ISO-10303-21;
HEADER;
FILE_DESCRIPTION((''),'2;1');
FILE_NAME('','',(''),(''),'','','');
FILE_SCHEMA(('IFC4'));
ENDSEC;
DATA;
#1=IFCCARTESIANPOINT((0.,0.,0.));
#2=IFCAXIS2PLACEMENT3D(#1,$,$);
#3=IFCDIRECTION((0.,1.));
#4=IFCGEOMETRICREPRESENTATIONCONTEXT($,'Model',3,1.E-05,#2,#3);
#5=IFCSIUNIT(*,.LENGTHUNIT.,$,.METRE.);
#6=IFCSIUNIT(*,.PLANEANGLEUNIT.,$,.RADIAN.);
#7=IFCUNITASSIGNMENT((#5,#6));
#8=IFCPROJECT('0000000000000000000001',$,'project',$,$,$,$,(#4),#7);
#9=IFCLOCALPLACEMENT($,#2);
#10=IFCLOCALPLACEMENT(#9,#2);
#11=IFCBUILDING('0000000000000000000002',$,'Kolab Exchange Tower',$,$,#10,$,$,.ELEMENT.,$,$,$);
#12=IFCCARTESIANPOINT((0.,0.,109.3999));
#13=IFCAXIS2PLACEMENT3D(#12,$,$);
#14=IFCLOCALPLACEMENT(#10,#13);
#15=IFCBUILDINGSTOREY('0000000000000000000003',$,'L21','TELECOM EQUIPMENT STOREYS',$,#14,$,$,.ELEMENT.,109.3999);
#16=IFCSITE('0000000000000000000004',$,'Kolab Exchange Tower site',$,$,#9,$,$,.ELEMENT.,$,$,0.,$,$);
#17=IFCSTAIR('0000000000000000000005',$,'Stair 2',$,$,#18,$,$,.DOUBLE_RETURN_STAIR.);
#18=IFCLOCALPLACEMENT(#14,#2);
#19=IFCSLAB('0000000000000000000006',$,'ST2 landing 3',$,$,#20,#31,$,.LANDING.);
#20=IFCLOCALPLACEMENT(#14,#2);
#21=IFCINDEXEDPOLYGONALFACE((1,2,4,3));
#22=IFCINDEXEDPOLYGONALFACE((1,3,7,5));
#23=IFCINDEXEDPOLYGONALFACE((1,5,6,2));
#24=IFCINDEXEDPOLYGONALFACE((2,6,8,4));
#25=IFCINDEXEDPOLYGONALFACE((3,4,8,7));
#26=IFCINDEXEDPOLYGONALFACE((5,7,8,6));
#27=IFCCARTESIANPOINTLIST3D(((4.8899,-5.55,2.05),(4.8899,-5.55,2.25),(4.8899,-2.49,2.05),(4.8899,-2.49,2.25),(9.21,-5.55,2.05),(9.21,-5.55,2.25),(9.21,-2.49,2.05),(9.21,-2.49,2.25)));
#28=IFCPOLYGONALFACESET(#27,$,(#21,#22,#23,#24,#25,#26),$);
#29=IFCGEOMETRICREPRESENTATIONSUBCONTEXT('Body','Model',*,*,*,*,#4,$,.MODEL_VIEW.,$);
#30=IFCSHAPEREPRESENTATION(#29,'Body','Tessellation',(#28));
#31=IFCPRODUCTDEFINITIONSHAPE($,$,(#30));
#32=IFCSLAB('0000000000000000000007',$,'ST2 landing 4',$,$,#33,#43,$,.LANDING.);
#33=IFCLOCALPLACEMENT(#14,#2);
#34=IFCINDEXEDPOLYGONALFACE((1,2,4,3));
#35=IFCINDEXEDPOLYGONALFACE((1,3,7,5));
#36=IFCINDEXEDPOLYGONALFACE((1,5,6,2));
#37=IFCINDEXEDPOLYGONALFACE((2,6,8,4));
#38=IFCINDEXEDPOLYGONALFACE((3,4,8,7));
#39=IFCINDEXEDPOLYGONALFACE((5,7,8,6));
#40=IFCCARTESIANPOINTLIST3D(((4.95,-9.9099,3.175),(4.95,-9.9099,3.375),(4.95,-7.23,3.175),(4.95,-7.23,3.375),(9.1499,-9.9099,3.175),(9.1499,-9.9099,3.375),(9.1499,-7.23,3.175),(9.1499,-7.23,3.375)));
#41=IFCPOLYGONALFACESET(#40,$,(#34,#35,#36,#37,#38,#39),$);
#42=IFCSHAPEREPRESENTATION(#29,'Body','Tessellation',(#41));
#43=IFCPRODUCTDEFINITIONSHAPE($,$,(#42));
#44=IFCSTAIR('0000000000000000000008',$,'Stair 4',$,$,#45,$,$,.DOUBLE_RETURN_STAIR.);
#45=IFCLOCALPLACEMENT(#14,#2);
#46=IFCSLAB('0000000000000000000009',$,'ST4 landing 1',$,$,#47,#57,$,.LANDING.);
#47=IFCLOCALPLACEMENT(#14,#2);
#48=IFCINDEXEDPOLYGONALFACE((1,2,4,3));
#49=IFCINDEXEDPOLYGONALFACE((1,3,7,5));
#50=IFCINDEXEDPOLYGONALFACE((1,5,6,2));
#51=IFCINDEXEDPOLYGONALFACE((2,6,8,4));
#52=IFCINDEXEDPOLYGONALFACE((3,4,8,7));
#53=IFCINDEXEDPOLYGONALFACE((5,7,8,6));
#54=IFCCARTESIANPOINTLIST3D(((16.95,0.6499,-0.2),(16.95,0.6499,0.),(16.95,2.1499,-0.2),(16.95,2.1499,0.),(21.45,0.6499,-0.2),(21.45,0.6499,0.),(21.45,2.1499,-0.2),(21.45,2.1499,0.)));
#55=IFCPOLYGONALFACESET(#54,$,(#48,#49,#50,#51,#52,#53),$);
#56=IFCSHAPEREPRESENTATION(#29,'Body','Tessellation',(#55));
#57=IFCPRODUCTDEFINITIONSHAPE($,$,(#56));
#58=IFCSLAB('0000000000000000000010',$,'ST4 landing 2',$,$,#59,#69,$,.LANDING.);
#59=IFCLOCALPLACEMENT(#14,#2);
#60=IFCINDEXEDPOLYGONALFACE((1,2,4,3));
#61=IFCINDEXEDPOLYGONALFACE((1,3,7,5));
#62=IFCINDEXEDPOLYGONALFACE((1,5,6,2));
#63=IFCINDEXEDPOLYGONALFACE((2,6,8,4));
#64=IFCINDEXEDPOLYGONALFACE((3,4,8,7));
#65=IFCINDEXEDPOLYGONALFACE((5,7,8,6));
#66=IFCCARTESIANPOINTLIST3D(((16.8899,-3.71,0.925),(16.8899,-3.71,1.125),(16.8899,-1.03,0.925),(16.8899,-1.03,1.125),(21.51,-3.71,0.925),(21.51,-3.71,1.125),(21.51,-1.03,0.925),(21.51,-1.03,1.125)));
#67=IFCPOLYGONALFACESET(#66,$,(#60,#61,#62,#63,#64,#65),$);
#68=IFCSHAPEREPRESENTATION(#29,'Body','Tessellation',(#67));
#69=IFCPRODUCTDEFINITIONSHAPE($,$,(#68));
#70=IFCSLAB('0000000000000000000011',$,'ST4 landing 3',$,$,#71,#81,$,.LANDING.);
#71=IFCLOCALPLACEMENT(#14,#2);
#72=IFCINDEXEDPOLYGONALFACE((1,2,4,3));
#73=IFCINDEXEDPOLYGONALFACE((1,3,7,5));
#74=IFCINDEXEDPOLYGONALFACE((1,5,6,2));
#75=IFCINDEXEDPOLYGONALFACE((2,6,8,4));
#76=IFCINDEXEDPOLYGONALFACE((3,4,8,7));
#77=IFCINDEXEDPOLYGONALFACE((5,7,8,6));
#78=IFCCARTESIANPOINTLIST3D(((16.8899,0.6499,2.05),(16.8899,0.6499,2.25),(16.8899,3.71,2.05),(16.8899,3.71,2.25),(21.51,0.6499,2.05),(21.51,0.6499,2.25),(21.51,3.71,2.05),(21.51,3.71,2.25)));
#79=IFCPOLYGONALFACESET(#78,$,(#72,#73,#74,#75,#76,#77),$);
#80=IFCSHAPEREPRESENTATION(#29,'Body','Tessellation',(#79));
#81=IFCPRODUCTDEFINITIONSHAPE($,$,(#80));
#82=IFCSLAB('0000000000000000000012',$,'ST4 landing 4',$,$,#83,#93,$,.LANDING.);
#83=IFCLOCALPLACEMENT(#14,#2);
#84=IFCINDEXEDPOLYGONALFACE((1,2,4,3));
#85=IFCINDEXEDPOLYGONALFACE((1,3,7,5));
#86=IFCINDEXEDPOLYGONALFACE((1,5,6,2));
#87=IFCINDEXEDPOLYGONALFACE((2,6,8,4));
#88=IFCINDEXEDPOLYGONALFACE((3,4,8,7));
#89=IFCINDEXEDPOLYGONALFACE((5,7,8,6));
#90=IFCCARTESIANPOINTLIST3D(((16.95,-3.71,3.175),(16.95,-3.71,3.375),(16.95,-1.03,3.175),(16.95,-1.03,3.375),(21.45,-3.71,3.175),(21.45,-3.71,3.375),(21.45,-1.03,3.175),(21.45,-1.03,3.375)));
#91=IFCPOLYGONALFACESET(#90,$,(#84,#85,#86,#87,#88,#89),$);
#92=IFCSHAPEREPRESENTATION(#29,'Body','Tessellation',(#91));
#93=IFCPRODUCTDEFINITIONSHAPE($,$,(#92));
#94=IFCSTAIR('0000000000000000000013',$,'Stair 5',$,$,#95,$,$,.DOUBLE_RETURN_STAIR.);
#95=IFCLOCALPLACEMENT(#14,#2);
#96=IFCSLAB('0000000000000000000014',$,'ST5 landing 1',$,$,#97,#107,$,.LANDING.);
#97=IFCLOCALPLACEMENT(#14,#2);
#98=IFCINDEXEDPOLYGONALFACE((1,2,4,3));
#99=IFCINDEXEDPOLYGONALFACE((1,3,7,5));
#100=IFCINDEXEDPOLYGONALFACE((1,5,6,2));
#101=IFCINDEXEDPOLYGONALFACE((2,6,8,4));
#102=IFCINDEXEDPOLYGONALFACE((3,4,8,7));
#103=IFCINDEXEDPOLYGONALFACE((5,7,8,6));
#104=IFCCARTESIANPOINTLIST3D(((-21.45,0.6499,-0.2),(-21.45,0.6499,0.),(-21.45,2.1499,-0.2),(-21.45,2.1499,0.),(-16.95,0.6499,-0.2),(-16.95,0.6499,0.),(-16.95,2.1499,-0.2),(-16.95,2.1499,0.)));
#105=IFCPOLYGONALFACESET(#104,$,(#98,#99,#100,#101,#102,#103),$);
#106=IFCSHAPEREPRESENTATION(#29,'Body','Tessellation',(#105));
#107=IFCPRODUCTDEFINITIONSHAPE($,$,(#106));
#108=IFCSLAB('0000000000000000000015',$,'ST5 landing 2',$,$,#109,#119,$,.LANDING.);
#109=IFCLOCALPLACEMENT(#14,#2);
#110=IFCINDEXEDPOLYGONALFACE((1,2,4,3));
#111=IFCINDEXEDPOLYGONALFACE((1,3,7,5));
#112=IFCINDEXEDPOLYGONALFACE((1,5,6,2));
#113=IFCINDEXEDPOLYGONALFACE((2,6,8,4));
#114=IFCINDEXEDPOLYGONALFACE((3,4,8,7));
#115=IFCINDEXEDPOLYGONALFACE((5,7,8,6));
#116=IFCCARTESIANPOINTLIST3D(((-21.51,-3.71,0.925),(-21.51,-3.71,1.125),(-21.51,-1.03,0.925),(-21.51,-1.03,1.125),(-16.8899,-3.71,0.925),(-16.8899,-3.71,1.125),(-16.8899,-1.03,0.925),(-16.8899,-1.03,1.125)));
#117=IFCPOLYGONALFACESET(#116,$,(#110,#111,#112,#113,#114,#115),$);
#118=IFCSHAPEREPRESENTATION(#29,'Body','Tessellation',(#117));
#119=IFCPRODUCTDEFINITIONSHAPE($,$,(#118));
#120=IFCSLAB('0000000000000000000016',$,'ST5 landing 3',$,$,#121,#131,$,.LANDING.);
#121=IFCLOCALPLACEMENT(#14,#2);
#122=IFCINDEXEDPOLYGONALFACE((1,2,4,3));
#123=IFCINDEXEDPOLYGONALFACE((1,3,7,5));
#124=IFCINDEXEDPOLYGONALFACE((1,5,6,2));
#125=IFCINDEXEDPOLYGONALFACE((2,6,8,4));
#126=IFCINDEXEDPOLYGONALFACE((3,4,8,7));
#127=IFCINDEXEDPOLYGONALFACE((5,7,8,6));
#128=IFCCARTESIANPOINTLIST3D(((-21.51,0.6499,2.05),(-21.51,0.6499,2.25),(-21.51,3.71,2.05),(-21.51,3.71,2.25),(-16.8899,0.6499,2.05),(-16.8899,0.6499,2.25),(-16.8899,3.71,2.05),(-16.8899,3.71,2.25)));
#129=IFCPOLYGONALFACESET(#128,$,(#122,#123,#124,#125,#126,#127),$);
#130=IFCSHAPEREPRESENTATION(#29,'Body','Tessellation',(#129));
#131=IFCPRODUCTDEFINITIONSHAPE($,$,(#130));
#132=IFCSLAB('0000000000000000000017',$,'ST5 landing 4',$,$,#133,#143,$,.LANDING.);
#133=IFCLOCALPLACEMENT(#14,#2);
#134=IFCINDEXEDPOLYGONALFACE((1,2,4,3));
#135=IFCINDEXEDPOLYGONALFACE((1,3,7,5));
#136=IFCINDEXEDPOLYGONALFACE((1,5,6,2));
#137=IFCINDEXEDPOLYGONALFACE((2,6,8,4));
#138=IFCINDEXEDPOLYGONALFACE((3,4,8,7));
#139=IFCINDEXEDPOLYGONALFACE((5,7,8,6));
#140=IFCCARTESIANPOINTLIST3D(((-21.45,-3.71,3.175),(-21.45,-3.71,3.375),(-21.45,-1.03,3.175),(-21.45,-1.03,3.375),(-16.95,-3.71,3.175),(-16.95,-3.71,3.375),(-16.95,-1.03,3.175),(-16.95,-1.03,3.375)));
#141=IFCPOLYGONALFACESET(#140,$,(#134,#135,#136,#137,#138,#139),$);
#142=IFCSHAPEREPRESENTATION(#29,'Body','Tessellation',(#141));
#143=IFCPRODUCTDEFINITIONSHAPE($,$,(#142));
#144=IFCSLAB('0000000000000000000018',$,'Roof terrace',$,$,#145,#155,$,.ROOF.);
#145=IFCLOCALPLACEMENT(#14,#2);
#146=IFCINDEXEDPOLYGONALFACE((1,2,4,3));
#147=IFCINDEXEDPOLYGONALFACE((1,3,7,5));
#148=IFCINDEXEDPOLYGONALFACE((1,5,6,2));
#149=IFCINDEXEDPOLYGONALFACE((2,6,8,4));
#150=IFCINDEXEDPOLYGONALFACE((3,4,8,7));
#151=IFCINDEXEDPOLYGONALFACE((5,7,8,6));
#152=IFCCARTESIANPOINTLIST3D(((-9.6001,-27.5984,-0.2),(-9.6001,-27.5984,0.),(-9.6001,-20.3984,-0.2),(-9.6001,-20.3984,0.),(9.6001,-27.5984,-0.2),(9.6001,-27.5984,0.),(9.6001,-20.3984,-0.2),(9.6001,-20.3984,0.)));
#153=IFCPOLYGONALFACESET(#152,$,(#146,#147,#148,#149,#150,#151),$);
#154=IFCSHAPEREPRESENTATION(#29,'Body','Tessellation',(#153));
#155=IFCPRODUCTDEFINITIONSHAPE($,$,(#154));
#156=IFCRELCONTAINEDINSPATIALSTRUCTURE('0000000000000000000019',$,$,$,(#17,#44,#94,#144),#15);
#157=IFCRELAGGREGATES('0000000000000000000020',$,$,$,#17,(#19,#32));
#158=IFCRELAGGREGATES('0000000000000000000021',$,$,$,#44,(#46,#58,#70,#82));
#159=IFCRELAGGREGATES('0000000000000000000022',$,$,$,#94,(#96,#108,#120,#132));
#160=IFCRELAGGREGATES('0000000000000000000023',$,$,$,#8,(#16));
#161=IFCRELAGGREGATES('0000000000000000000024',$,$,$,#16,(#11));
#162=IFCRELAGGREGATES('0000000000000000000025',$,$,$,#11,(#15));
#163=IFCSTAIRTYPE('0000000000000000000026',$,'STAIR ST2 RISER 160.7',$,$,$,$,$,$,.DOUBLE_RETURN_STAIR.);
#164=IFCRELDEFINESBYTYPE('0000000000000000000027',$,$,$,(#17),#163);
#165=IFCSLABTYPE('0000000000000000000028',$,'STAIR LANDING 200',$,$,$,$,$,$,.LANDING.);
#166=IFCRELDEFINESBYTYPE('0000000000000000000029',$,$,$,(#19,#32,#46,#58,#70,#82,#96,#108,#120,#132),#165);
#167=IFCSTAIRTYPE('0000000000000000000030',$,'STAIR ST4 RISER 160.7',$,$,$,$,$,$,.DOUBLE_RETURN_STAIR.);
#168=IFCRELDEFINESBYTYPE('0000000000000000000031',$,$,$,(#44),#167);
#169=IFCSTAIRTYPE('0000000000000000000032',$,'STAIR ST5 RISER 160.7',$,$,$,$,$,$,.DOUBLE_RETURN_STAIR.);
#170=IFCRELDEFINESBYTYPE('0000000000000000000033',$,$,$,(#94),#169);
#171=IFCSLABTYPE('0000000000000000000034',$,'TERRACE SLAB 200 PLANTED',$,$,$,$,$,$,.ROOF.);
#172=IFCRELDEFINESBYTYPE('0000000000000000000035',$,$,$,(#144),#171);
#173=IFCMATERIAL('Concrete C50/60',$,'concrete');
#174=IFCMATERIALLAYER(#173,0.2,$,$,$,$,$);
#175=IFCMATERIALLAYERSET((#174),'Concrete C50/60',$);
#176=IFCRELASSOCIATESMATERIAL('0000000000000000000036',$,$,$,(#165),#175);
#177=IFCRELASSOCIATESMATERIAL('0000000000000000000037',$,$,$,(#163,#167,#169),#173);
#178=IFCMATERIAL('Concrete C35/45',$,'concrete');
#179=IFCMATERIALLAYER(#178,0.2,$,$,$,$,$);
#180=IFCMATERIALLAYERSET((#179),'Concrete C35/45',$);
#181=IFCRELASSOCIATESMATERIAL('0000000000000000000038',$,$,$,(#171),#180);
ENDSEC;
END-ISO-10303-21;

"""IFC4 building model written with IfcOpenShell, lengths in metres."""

from ifc_helpers import new_model, si_unit, direction, frame, origin, place, context, subcontext, project, spatial, polyline, outline, extrude, material, layer, layer_set, type_object, element, aggregate, save


model = new_model("IFC4")

# Units and contexts
model_context = context("Model", 3, precision=1e-05, world=origin(), true_north=direction((0.0, 1.0)))
body_context = subcontext(model_context, "Body", "Model", "MODEL_VIEW")
ifc_project = project(units=[si_unit("LENGTHUNIT", "METRE"), si_unit("PLANEANGLEUNIT", "RADIAN")], contexts=[model_context])

# Site, building, storey
site_placement = place(None, origin())
site = spatial("IfcSite", under=ifc_project, at=site_placement, Name="Kolab Exchange Tower site", CompositionType="ELEMENT", RefElevation=0.0)
building_placement = place(site_placement, origin())
building = spatial("IfcBuilding", under=site, at=building_placement, Name="Kolab Exchange Tower", CompositionType="ELEMENT")
storey_placement = place(building_placement, frame((0.0, 0.0, 109.3999)))
storey = spatial("IfcBuildingStorey", under=building, at=storey_placement, Name="L21", Description="TELECOM EQUIPMENT STOREYS", CompositionType="ELEMENT", Elevation=109.3999)

# Shared definitions
ifc_material_1 = material(Name="Concrete C35/45", Category="concrete")

# Stairs, slabs
ifc_material_2 = material(Name="Concrete C50/60", Category="concrete")
ifc_layer_1 = layer(ifc_material_2, 0.2)
ifc_layer_set_1 = layer_set([ifc_layer_1], Name="Concrete C50/60")
slab_type_1 = type_object("IfcSlabType", Name="STAIR LANDING 200", PredefinedType="LANDING", material=ifc_layer_set_1)
stair_type_1 = type_object("IfcStairType", Name="STAIR ST2 RISER 160.7", PredefinedType="DOUBLE_RETURN_STAIR", material=ifc_material_2)
stair_1_placement = place(storey_placement, origin())
stair_1 = element("IfcStair", 1, at=stair_1_placement, inside=storey, type_object=stair_type_1, Name="Stair 2", PredefinedType="DOUBLE_RETURN_STAIR")
slab_1_placement = place(storey_placement, frame((0.0, 0.0, 2.05)))
slab_1 = element("IfcSlab", 2, at=slab_1_placement, type_object=slab_type_1, Name="ST2 landing 3", PredefinedType="LANDING", context=body_context, shape_type="SweptSolid", body=[
    extrude(outline(polyline([(4.8899, -5.55), (9.21, -5.55), (9.21, -2.49), (4.8899, -2.49), (4.8899, -5.55)])), origin(), (0.0, 0.0, 1.0), 0.2),
])
slab_2_placement = place(storey_placement, frame((0.0, 0.0, 3.175)))
slab_2 = element("IfcSlab", 3, at=slab_2_placement, type_object=slab_type_1, Name="ST2 landing 4", PredefinedType="LANDING", context=body_context, shape_type="SweptSolid", body=[
    extrude(outline(polyline([(4.95, -9.9099), (9.1499, -9.9099), (9.1499, -7.23), (4.95, -7.23), (4.95, -9.9099)])), origin(), (0.0, 0.0, 1.0), 0.2),
])
aggregate(stair_1, [slab_1, slab_2])
stair_type_2 = type_object("IfcStairType", Name="STAIR ST4 RISER 160.7", PredefinedType="DOUBLE_RETURN_STAIR", material=ifc_material_2)
stair_2_placement = place(storey_placement, origin())
stair_2 = element("IfcStair", 4, at=stair_2_placement, inside=storey, type_object=stair_type_2, Name="Stair 4", PredefinedType="DOUBLE_RETURN_STAIR")
slab_3_placement = place(storey_placement, frame((0.0, 0.0, -0.2)))
slab_3 = element("IfcSlab", 5, at=slab_3_placement, type_object=slab_type_1, Name="ST4 landing 1", PredefinedType="LANDING", context=body_context, shape_type="SweptSolid", body=[
    extrude(outline(polyline([(16.95, 0.6499), (21.45, 0.6499), (21.45, 2.1499), (16.95, 2.1499), (16.95, 0.6499)])), origin(), (0.0, 0.0, 1.0), 0.2),
])
slab_4_placement = place(storey_placement, frame((0.0, 0.0, 0.925)))
slab_4 = element("IfcSlab", 6, at=slab_4_placement, type_object=slab_type_1, Name="ST4 landing 2", PredefinedType="LANDING", context=body_context, shape_type="SweptSolid", body=[
    extrude(outline(polyline([(16.8899, -3.71), (21.51, -3.71), (21.51, -1.03), (16.8899, -1.03), (16.8899, -3.71)])), origin(), (0.0, 0.0, 1.0), 0.2),
])
slab_5_placement = place(storey_placement, frame((0.0, 0.0, 2.05)))
slab_5 = element("IfcSlab", 7, at=slab_5_placement, type_object=slab_type_1, Name="ST4 landing 3", PredefinedType="LANDING", context=body_context, shape_type="SweptSolid", body=[
    extrude(outline(polyline([(16.8899, 0.6499), (21.51, 0.6499), (21.51, 3.71), (16.8899, 3.71), (16.8899, 0.6499)])), origin(), (0.0, 0.0, 1.0), 0.2),
])
slab_6_placement = place(storey_placement, frame((0.0, 0.0, 3.175)))
slab_6 = element("IfcSlab", 8, at=slab_6_placement, type_object=slab_type_1, Name="ST4 landing 4", PredefinedType="LANDING", context=body_context, shape_type="SweptSolid", body=[
    extrude(outline(polyline([(16.95, -3.71), (21.45, -3.71), (21.45, -1.03), (16.95, -1.03), (16.95, -3.71)])), origin(), (0.0, 0.0, 1.0), 0.2),
])
aggregate(stair_2, [slab_3, slab_4, slab_5, slab_6])
stair_type_3 = type_object("IfcStairType", Name="STAIR ST5 RISER 160.7", PredefinedType="DOUBLE_RETURN_STAIR", material=ifc_material_2)
stair_3_placement = place(storey_placement, origin())
stair_3 = element("IfcStair", 9, at=stair_3_placement, inside=storey, type_object=stair_type_3, Name="Stair 5", PredefinedType="DOUBLE_RETURN_STAIR")
slab_7_placement = place(storey_placement, frame((0.0, 0.0, -0.2)))
slab_7 = element("IfcSlab", 10, at=slab_7_placement, type_object=slab_type_1, Name="ST5 landing 1", PredefinedType="LANDING", context=body_context, shape_type="SweptSolid", body=[
    extrude(outline(polyline([(-21.45, 0.6499), (-16.95, 0.6499), (-16.95, 2.1499), (-21.45, 2.1499), (-21.45, 0.6499)])), origin(), (0.0, 0.0, 1.0), 0.2),
])
slab_8_placement = place(storey_placement, frame((0.0, 0.0, 0.925)))
slab_8 = element("IfcSlab", 11, at=slab_8_placement, type_object=slab_type_1, Name="ST5 landing 2", PredefinedType="LANDING", context=body_context, shape_type="SweptSolid", body=[
    extrude(outline(polyline([(-21.51, -3.71), (-16.8899, -3.71), (-16.8899, -1.03), (-21.51, -1.03), (-21.51, -3.71)])), origin(), (0.0, 0.0, 1.0), 0.2),
])
slab_9_placement = place(storey_placement, frame((0.0, 0.0, 2.05)))
slab_9 = element("IfcSlab", 12, at=slab_9_placement, type_object=slab_type_1, Name="ST5 landing 3", PredefinedType="LANDING", context=body_context, shape_type="SweptSolid", body=[
    extrude(outline(polyline([(-21.51, 0.6499), (-16.8899, 0.6499), (-16.8899, 3.71), (-21.51, 3.71), (-21.51, 0.6499)])), origin(), (0.0, 0.0, 1.0), 0.2),
])
slab_10_placement = place(storey_placement, frame((0.0, 0.0, 3.175)))
slab_10 = element("IfcSlab", 13, at=slab_10_placement, type_object=slab_type_1, Name="ST5 landing 4", PredefinedType="LANDING", context=body_context, shape_type="SweptSolid", body=[
    extrude(outline(polyline([(-21.45, -3.71), (-16.95, -3.71), (-16.95, -1.03), (-21.45, -1.03), (-21.45, -3.71)])), origin(), (0.0, 0.0, 1.0), 0.2),
])
aggregate(stair_3, [slab_7, slab_8, slab_9, slab_10])

# Slab
ifc_layer_2 = layer(ifc_material_1, 0.2)
ifc_layer_set_2 = layer_set([ifc_layer_2], Name="Concrete C35/45")
slab_type_2 = type_object("IfcSlabType", Name="TERRACE SLAB 200 PLANTED", PredefinedType="ROOF", material=ifc_layer_set_2)
slab_11_placement = place(storey_placement, frame((0.0, 0.0, -0.2)))
element("IfcSlab", 14, at=slab_11_placement, inside=storey, type_object=slab_type_2, Name="Roof terrace", PredefinedType="ROOF", context=body_context, shape_type="SweptSolid", body=[
    extrude(outline(polyline([(9.6001, -27.5984), (9.6001, -20.3984), (-9.6001, -20.3984), (-9.6001, -27.5984), (9.6001, -27.5984)])), origin(), (0.0, 0.0, 1.0), 0.2),
])

save(model, "model.ifc")
